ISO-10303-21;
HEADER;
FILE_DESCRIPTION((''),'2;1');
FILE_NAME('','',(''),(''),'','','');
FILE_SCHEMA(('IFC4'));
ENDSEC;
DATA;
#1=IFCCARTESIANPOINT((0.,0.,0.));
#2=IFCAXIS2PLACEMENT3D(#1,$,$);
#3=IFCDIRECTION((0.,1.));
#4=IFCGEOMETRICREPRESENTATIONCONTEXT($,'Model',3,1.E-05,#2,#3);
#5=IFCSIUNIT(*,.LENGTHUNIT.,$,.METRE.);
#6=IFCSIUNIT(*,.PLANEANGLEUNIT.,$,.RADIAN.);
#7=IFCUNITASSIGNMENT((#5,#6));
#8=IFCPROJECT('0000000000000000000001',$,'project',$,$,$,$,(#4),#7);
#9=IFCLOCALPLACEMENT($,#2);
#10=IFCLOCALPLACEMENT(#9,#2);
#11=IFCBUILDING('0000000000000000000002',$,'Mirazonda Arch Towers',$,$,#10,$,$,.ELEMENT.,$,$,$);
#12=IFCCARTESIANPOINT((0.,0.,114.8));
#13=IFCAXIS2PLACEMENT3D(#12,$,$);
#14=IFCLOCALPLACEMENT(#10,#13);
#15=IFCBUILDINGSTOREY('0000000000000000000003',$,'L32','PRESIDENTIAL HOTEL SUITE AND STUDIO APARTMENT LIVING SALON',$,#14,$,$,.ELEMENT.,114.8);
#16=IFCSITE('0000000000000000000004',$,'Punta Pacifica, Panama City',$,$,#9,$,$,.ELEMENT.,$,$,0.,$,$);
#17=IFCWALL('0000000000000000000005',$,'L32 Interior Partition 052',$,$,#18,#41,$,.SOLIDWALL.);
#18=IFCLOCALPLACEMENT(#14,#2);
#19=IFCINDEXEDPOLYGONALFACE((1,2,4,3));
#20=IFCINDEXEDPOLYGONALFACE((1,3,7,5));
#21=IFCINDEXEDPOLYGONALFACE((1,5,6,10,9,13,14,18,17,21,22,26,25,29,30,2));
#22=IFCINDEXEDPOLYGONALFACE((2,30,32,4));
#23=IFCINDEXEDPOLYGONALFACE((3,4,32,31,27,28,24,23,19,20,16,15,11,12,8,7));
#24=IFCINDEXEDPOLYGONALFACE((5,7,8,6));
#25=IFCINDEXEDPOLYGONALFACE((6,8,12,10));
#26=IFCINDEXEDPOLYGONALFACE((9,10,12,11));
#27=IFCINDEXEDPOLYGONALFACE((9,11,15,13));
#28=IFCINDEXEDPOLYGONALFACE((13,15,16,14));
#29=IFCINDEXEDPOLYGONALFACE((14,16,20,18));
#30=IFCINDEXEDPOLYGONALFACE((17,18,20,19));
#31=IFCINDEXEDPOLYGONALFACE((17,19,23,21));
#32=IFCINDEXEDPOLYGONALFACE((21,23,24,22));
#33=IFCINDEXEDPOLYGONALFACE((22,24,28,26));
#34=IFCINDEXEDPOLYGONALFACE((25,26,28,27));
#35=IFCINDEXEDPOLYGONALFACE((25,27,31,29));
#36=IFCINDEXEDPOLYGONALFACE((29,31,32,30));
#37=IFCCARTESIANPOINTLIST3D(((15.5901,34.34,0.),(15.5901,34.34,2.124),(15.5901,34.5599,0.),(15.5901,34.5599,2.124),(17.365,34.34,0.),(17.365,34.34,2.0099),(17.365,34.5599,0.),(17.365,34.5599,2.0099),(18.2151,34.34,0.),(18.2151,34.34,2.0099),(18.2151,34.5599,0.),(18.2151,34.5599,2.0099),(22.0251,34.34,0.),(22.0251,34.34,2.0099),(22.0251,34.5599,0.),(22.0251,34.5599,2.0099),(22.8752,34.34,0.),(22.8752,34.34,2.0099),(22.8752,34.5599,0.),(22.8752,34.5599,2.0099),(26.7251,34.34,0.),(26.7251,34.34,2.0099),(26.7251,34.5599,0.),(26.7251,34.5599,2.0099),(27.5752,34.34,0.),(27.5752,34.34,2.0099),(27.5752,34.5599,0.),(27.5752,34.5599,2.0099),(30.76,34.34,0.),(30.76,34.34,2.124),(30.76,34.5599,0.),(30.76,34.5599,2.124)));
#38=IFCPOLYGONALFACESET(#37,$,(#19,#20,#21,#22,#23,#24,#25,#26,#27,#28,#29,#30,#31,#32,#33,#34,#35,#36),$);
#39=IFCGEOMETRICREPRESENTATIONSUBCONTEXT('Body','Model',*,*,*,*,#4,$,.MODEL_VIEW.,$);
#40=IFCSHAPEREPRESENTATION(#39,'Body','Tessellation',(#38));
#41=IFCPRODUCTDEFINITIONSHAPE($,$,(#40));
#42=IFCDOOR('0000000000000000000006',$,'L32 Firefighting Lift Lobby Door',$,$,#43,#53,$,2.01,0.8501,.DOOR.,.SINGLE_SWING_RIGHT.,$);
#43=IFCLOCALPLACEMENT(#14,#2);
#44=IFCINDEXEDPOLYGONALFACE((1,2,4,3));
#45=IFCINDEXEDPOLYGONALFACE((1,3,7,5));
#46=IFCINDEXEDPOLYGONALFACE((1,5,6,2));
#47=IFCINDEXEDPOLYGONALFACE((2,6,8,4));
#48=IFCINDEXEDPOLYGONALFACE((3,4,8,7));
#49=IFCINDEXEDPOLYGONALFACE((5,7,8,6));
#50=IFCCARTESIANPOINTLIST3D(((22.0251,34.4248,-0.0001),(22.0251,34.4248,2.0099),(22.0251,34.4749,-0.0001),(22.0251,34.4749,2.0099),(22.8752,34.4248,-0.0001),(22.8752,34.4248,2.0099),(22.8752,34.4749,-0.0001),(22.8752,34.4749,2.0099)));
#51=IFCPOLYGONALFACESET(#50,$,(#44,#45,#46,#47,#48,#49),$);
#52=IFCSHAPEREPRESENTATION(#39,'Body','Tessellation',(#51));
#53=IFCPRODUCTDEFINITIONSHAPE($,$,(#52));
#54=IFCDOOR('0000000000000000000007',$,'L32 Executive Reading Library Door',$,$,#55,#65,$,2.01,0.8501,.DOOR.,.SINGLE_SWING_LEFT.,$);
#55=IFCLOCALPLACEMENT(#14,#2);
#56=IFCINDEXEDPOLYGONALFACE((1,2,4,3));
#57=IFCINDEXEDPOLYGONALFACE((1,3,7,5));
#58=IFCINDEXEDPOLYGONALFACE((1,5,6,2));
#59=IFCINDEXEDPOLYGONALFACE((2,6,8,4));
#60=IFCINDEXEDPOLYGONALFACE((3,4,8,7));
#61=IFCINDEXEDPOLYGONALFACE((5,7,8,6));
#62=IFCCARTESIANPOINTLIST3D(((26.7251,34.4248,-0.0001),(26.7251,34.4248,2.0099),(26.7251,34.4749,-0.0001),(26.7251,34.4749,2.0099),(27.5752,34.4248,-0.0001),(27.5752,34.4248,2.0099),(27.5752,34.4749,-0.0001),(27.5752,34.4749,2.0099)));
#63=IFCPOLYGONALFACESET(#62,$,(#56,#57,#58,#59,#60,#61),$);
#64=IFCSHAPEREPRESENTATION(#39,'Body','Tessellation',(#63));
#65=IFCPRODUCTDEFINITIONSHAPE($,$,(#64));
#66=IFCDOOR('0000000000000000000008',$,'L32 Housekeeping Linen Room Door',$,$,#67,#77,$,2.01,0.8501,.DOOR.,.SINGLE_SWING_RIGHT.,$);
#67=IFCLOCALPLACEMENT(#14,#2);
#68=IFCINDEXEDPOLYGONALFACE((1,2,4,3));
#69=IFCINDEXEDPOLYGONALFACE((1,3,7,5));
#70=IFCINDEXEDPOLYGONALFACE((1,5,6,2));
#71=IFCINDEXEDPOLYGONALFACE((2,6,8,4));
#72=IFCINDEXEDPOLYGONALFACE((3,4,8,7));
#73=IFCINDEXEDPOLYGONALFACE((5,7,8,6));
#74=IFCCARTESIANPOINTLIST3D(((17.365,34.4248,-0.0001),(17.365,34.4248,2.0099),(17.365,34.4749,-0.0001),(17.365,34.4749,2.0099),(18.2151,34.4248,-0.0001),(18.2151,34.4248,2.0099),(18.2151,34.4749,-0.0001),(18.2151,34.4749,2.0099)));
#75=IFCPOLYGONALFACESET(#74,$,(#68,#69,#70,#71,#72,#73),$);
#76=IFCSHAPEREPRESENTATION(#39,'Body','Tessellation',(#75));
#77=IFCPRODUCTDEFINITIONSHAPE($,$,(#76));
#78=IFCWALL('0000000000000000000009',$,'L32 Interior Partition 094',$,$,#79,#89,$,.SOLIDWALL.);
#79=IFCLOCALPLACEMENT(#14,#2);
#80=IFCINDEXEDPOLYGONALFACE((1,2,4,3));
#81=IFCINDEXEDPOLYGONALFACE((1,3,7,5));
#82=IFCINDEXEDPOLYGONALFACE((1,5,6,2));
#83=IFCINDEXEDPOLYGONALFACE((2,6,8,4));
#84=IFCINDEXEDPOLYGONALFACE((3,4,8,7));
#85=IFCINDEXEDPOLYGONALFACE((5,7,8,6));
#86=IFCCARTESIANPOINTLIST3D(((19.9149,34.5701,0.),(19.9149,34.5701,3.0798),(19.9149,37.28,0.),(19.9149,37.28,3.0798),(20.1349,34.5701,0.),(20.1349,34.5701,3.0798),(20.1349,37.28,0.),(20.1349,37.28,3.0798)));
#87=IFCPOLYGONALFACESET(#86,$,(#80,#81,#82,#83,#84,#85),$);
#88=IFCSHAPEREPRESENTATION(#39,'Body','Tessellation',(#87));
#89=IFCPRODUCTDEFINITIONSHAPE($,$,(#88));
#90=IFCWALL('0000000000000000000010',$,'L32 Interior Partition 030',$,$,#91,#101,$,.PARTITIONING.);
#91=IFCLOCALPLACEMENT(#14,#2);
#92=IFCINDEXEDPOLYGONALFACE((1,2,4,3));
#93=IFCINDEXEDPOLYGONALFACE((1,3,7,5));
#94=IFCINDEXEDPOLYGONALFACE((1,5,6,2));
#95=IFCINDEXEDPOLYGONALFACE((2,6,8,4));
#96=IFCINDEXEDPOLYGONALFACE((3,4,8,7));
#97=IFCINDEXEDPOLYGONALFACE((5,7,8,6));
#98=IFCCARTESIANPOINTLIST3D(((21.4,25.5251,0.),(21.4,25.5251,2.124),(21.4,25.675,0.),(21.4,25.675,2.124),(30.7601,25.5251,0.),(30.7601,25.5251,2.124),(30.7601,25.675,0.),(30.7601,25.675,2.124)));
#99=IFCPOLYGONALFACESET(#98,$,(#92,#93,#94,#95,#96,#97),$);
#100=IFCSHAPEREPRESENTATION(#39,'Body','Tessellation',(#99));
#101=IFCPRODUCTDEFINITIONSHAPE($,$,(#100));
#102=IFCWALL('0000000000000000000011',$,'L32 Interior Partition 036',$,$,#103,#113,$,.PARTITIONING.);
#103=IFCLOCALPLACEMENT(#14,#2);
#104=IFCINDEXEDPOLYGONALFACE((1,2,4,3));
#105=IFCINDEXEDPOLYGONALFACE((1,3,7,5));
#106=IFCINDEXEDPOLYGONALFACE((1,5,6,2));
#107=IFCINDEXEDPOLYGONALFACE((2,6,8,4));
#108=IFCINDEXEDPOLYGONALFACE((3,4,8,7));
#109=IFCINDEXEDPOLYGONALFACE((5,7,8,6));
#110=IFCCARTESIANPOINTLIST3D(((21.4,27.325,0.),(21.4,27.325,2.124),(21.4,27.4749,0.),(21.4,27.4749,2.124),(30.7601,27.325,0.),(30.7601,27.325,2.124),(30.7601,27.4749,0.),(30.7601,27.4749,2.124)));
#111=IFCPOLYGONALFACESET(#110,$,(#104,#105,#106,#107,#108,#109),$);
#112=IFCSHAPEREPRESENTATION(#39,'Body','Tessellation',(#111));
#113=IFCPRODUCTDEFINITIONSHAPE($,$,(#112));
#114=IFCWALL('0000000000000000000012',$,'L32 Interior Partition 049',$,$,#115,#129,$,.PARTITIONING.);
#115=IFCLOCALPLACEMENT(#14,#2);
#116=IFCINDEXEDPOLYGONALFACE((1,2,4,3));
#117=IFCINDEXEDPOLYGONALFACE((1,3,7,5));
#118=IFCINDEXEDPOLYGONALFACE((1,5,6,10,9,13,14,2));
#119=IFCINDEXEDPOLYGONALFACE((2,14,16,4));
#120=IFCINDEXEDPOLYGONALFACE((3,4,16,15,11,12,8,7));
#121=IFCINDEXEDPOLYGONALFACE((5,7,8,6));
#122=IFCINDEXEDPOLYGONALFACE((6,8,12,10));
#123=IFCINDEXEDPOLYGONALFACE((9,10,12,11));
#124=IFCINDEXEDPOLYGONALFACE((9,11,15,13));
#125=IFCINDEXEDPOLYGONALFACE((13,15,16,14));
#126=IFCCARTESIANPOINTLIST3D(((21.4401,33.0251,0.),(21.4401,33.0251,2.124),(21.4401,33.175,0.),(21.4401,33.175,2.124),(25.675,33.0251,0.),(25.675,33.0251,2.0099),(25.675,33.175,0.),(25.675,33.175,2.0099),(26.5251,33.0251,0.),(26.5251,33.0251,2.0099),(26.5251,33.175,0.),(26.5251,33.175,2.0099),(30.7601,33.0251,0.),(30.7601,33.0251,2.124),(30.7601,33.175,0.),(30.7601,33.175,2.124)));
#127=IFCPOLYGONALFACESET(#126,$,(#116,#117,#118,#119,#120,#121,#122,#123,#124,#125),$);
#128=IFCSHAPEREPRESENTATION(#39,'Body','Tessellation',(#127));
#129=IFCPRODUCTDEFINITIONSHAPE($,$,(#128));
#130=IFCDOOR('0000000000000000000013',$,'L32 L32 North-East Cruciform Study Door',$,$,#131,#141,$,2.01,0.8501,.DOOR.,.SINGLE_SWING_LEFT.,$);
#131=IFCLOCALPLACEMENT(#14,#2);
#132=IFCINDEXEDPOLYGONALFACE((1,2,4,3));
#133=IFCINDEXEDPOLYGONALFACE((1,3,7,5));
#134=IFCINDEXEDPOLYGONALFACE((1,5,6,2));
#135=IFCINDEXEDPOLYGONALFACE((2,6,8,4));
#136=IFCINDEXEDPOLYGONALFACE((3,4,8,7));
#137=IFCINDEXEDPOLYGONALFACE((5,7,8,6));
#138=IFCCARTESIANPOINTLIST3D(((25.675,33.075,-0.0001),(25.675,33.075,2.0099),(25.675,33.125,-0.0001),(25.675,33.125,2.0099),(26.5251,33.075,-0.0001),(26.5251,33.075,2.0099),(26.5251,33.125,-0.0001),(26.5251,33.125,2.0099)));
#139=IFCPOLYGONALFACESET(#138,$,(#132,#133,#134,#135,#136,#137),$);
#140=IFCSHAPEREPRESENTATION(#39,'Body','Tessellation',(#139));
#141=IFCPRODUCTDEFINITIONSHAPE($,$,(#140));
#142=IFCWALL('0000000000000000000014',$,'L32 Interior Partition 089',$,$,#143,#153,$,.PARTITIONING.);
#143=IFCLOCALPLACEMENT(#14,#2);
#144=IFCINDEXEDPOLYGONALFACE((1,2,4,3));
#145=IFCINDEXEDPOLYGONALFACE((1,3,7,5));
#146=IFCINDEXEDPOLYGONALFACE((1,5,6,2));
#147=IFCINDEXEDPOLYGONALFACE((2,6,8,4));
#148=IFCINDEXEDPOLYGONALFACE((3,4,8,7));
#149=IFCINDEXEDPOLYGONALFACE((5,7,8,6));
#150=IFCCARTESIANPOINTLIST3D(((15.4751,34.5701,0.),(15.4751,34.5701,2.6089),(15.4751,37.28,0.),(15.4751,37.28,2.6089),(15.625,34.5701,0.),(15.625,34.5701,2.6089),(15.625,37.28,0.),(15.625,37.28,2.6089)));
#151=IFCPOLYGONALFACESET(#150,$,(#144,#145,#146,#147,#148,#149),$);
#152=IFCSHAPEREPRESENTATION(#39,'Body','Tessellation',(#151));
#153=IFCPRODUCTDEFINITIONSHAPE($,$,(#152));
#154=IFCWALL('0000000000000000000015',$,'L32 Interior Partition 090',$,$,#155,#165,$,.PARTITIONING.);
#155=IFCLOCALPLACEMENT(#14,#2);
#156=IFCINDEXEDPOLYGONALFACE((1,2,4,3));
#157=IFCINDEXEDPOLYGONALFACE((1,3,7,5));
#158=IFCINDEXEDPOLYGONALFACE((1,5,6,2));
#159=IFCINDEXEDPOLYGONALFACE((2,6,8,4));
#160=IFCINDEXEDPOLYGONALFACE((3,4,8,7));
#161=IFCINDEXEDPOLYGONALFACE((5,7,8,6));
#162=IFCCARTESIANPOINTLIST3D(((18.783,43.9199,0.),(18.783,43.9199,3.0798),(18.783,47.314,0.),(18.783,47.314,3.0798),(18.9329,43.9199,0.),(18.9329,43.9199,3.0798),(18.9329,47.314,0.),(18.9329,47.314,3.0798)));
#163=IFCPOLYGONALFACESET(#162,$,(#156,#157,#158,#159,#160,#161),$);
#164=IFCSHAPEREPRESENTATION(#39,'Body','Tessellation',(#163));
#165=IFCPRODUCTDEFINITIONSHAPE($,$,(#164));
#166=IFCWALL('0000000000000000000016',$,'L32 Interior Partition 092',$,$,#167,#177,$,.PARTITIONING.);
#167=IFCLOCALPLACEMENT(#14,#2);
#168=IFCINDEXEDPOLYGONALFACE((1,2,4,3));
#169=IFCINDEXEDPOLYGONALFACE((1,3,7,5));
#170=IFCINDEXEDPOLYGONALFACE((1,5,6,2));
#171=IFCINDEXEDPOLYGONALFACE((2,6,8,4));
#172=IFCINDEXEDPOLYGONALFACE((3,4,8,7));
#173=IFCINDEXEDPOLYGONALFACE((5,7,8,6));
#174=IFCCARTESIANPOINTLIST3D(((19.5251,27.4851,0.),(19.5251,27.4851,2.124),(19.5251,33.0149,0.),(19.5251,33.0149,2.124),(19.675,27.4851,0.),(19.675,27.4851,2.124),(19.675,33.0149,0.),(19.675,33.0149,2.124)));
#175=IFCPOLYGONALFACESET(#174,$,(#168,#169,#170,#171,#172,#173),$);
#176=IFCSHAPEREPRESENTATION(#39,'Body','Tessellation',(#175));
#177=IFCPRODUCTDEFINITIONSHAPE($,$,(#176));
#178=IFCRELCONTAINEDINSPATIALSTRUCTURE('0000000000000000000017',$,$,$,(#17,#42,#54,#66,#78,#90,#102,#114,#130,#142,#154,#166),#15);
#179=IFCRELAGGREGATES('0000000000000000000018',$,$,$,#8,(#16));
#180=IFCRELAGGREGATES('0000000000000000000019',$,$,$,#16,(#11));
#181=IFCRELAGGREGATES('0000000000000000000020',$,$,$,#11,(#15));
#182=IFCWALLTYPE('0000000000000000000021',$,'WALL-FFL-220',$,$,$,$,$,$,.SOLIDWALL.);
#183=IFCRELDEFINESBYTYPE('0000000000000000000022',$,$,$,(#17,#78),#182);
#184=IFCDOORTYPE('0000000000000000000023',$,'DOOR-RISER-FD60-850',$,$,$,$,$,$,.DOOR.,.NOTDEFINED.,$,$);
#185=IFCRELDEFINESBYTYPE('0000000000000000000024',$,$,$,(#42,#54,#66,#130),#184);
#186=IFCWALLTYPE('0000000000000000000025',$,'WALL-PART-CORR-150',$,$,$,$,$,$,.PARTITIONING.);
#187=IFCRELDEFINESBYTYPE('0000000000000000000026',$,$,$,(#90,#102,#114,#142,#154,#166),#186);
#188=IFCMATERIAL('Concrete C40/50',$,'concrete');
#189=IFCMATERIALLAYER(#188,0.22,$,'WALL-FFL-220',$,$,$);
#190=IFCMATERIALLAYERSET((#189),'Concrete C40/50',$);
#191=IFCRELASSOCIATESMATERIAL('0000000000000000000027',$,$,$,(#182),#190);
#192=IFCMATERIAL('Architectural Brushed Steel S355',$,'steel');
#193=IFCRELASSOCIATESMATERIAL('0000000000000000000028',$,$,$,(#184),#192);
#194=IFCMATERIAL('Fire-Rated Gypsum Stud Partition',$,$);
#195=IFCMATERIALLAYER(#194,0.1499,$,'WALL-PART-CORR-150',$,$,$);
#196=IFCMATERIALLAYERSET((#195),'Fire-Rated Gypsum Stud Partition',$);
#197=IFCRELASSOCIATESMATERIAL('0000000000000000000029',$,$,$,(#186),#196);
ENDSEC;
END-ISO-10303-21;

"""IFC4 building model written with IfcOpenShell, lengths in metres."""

from ifc_helpers import new_model, si_unit, direction, frame, frame_2d, origin, place, context, subcontext, project, spatial, rectangle, extrude, material, layer, layer_set, type_object, element, fill, save


model = new_model("IFC4")

# Units and contexts
model_context = context("Model", 3, precision=1e-05, world=origin(), true_north=direction((0.0, 1.0)))
body_context = subcontext(model_context, "Body", "Model", "MODEL_VIEW")
ifc_project = project(units=[si_unit("LENGTHUNIT", "METRE"), si_unit("PLANEANGLEUNIT", "RADIAN")], contexts=[model_context])

# Site, building, storey
site_placement = place(None, origin())
site = spatial("IfcSite", under=ifc_project, at=site_placement, Name="Punta Pacifica, Panama City", CompositionType="ELEMENT", RefElevation=0.0)
building_placement = place(site_placement, origin())
building = spatial("IfcBuilding", under=site, at=building_placement, Name="Mirazonda Arch Towers", CompositionType="ELEMENT")
storey_placement = place(building_placement, frame((0.0, 0.0, 114.8)))
storey = spatial("IfcBuildingStorey", under=building, at=storey_placement, Name="L32", Description="PRESIDENTIAL HOTEL SUITE AND STUDIO APARTMENT LIVING SALON", CompositionType="ELEMENT", Elevation=114.8)

# Wall, openings, doors
ifc_material_1 = material(Name="Concrete C40/50", Category="concrete")
ifc_layer_1 = layer(ifc_material_1, 0.22, Name="WALL-FFL-220")
ifc_layer_set_1 = layer_set([ifc_layer_1], Name="Concrete C40/50")
wall_type_1 = type_object("IfcWallType", Name="WALL-FFL-220", PredefinedType="SOLIDWALL", material=ifc_layer_set_1)
wall_1_placement = place(storey_placement, frame((15.5901, 34.45, 0.0), z_axis=(0.0, 0.0, 1.0), x_axis=(1.0, 0.0, 0.0)))
wall_1 = element("IfcWall", 1, at=wall_1_placement, inside=storey, type_object=wall_type_1, Name="L32 Interior Partition 052", PredefinedType="SOLIDWALL", context=body_context, shape_type="SweptSolid", body=[
    extrude(rectangle(XDim=15.1699, YDim=0.22, at=frame_2d((7.585, 0.0))), origin(), (0.0, 0.0, 1.0), 2.124),
])
opening_1_placement = place(wall_1_placement, frame((6.4351, 0.0, 0.0)))
opening_1 = element("IfcOpeningElement", 2, at=opening_1_placement, cuts=wall_1, PredefinedType="OPENING", context=body_context, shape_type="SweptSolid", body=[
    extrude(rectangle(XDim=0.8501, YDim=2.01, at=frame_2d((0.425, 1.0049))), frame((0.0, 0.1199, 0.0), z_axis=(0.0, -1.0, 0.0), x_axis=(1.0, 0.0, 0.0)), (0.0, 0.0, 1.0), 0.24),
])
opening_2_placement = place(wall_1_placement, frame((11.135, 0.0, 0.0)))
opening_2 = element("IfcOpeningElement", 3, at=opening_2_placement, cuts=wall_1, PredefinedType="OPENING", context=body_context, shape_type="SweptSolid", body=[
    extrude(rectangle(XDim=0.8501, YDim=2.01, at=frame_2d((0.425, 1.0049))), frame((0.0, 0.1199, 0.0), z_axis=(0.0, -1.0, 0.0), x_axis=(1.0, 0.0, 0.0)), (0.0, 0.0, 1.0), 0.24),
])
opening_3_placement = place(wall_1_placement, frame((1.7749, 0.0, 0.0)))
opening_3 = element("IfcOpeningElement", 4, at=opening_3_placement, cuts=wall_1, PredefinedType="OPENING", context=body_context, shape_type="SweptSolid", body=[
    extrude(rectangle(XDim=0.8501, YDim=2.01, at=frame_2d((0.425, 1.0049))), frame((0.0, 0.1199, 0.0), z_axis=(0.0, -1.0, 0.0), x_axis=(1.0, 0.0, 0.0)), (0.0, 0.0, 1.0), 0.24),
])
ifc_material_2 = material(Name="Architectural Brushed Steel S355", Category="steel")
door_type = type_object("IfcDoorType", Name="DOOR-RISER-FD60-850", OperationType="NOTDEFINED", PredefinedType="DOOR", material=ifc_material_2)
door_1_placement = place(opening_1_placement, origin())
door_1 = element("IfcDoor", 5, at=door_1_placement, inside=storey, type_object=door_type, Name="L32 Firefighting Lift Lobby Door", OperationType="SINGLE_SWING_RIGHT", OverallHeight=2.01, OverallWidth=0.8501, PredefinedType="DOOR", context=body_context, shape_type="SweptSolid", body=[
    extrude(rectangle(XDim=0.8501, YDim=2.01, at=frame_2d((0.425, 1.0049))), frame((0.0, 0.0249, 0.0), z_axis=(0.0, -1.0, 0.0), x_axis=(1.0, 0.0, 0.0)), (0.0, 0.0, 1.0), 0.05),
])
fill(opening_1, door_1)
door_2_placement = place(opening_2_placement, origin())
door_2 = element("IfcDoor", 6, at=door_2_placement, inside=storey, type_object=door_type, Name="L32 Executive Reading Library Door", OperationType="SINGLE_SWING_LEFT", OverallHeight=2.01, OverallWidth=0.8501, PredefinedType="DOOR", context=body_context, shape_type="SweptSolid", body=[
    extrude(rectangle(XDim=0.8501, YDim=2.01, at=frame_2d((0.425, 1.0049))), frame((0.0, 0.0249, 0.0), z_axis=(0.0, -1.0, 0.0), x_axis=(1.0, 0.0, 0.0)), (0.0, 0.0, 1.0), 0.05),
])
fill(opening_2, door_2)
door_3_placement = place(opening_3_placement, origin())
door_3 = element("IfcDoor", 7, at=door_3_placement, inside=storey, type_object=door_type, Name="L32 Housekeeping Linen Room Door", OperationType="SINGLE_SWING_RIGHT", OverallHeight=2.01, OverallWidth=0.8501, PredefinedType="DOOR", context=body_context, shape_type="SweptSolid", body=[
    extrude(rectangle(XDim=0.8501, YDim=2.01, at=frame_2d((0.425, 1.0049))), frame((0.0, 0.0249, 0.0), z_axis=(0.0, -1.0, 0.0), x_axis=(1.0, 0.0, 0.0)), (0.0, 0.0, 1.0), 0.05),
])
fill(opening_3, door_3)

# Walls
wall_2_placement = place(storey_placement, frame((20.0249, 34.5701, 0.0), z_axis=(0.0, 0.0, 1.0), x_axis=(0.0, 1.0, 0.0)))
element("IfcWall", 8, at=wall_2_placement, inside=storey, type_object=wall_type_1, Name="L32 Interior Partition 094", PredefinedType="SOLIDWALL", context=body_context, shape_type="SweptSolid", body=[
    extrude(rectangle(XDim=2.71, YDim=0.22, at=frame_2d((1.355, 0.0))), origin(), (0.0, 0.0, 1.0), 3.0798),
])
ifc_material_3 = material(Name="Fire-Rated Gypsum Stud Partition")
ifc_layer_2 = layer(ifc_material_3, 0.1499, Name="WALL-PART-CORR-150")
ifc_layer_set_2 = layer_set([ifc_layer_2], Name="Fire-Rated Gypsum Stud Partition")
wall_type_2 = type_object("IfcWallType", Name="WALL-PART-CORR-150", PredefinedType="PARTITIONING", material=ifc_layer_set_2)
for number, where, z_axis, x_axis, name in (
    (9, (21.3999, 25.6001, 0.0), (0.0, 0.0, 1.0), (1.0, 0.0, 0.0), "L32 Interior Partition 030"),
    (10, (21.3999, 27.3999, 0.0), (0.0, 0.0, 1.0), (1.0, 0.0, 0.0), "L32 Interior Partition 036"),
):
    element("IfcWall", number, at=place(storey_placement, frame(where, z_axis=z_axis, x_axis=x_axis)), inside=storey, type_object=wall_type_2, Name=name, PredefinedType="PARTITIONING", context=body_context, shape_type="SweptSolid", body=[
        extrude(rectangle(XDim=9.3601, YDim=0.1499, at=frame_2d((4.6802, 0.0))), origin(), (0.0, 0.0, 1.0), 2.124),
    ])

# Wall, opening, door
wall_3_placement = place(storey_placement, frame((21.4399, 33.1001, 0.0), z_axis=(0.0, 0.0, 1.0), x_axis=(1.0, 0.0, 0.0)))
wall_3 = element("IfcWall", 11, at=wall_3_placement, inside=storey, type_object=wall_type_2, Name="L32 Interior Partition 049", PredefinedType="PARTITIONING", context=body_context, shape_type="SweptSolid", body=[
    extrude(rectangle(XDim=9.3201, YDim=0.1499, at=frame_2d((4.6602, 0.0))), origin(), (0.0, 0.0, 1.0), 2.124),
])
opening_4_placement = place(wall_3_placement, frame((4.2351, 0.0, 0.0)))
opening_4 = element("IfcOpeningElement", 12, at=opening_4_placement, cuts=wall_3, PredefinedType="OPENING", context=body_context, shape_type="SweptSolid", body=[
    extrude(rectangle(XDim=0.8501, YDim=2.01, at=frame_2d((0.425, 1.0049))), frame((0.0, 0.085, 0.0), z_axis=(0.0, -1.0, 0.0), x_axis=(1.0, 0.0, 0.0)), (0.0, 0.0, 1.0), 0.1699),
])
door_4_placement = place(opening_4_placement, origin())
door_4 = element("IfcDoor", 13, at=door_4_placement, inside=storey, type_object=door_type, Name="L32 L32 North-East Cruciform Study Door", OperationType="SINGLE_SWING_LEFT", OverallHeight=2.01, OverallWidth=0.8501, PredefinedType="DOOR", context=body_context, shape_type="SweptSolid", body=[
    extrude(rectangle(XDim=0.8501, YDim=2.01, at=frame_2d((0.425, 1.0049))), frame((0.0, 0.0249, 0.0), z_axis=(0.0, -1.0, 0.0), x_axis=(1.0, 0.0, 0.0)), (0.0, 0.0, 1.0), 0.05),
])
fill(opening_4, door_4)

# Walls
wall_4_placement = place(storey_placement, frame((15.55, 34.5701, 0.0), z_axis=(0.0, 0.0, 1.0), x_axis=(0.0, 1.0, 0.0)))
element("IfcWall", 14, at=wall_4_placement, inside=storey, type_object=wall_type_2, Name="L32 Interior Partition 089", PredefinedType="PARTITIONING", context=body_context, shape_type="SweptSolid", body=[
    extrude(rectangle(XDim=2.71, YDim=0.1499, at=frame_2d((1.355, 0.0))), origin(), (0.0, 0.0, 1.0), 2.6089),
])
wall_5_placement = place(storey_placement, frame((18.8579, 43.9199, 0.0), z_axis=(0.0, 0.0, 1.0), x_axis=(0.0, 1.0, 0.0)))
element("IfcWall", 15, at=wall_5_placement, inside=storey, type_object=wall_type_2, Name="L32 Interior Partition 090", PredefinedType="PARTITIONING", context=body_context, shape_type="SweptSolid", body=[
    extrude(rectangle(XDim=3.394, YDim=0.1499, at=frame_2d((1.697, 0.0))), origin(), (0.0, 0.0, 1.0), 3.0798),
])
for number, where, z_axis, x_axis, name in (
    (16, (19.6001, 27.4851, 0.0), (0.0, 0.0, 1.0), (0.0, 1.0, 0.0), "L32 Interior Partition 092"),
):
    element("IfcWall", number, at=place(storey_placement, frame(where, z_axis=z_axis, x_axis=x_axis)), inside=storey, type_object=wall_type_2, Name=name, PredefinedType="PARTITIONING", context=body_context, shape_type="SweptSolid", body=[
        extrude(rectangle(XDim=5.5298, YDim=0.1499, at=frame_2d((2.7649, 0.0))), origin(), (0.0, 0.0, 1.0), 2.124),
    ])

save(model, "model.ifc")
